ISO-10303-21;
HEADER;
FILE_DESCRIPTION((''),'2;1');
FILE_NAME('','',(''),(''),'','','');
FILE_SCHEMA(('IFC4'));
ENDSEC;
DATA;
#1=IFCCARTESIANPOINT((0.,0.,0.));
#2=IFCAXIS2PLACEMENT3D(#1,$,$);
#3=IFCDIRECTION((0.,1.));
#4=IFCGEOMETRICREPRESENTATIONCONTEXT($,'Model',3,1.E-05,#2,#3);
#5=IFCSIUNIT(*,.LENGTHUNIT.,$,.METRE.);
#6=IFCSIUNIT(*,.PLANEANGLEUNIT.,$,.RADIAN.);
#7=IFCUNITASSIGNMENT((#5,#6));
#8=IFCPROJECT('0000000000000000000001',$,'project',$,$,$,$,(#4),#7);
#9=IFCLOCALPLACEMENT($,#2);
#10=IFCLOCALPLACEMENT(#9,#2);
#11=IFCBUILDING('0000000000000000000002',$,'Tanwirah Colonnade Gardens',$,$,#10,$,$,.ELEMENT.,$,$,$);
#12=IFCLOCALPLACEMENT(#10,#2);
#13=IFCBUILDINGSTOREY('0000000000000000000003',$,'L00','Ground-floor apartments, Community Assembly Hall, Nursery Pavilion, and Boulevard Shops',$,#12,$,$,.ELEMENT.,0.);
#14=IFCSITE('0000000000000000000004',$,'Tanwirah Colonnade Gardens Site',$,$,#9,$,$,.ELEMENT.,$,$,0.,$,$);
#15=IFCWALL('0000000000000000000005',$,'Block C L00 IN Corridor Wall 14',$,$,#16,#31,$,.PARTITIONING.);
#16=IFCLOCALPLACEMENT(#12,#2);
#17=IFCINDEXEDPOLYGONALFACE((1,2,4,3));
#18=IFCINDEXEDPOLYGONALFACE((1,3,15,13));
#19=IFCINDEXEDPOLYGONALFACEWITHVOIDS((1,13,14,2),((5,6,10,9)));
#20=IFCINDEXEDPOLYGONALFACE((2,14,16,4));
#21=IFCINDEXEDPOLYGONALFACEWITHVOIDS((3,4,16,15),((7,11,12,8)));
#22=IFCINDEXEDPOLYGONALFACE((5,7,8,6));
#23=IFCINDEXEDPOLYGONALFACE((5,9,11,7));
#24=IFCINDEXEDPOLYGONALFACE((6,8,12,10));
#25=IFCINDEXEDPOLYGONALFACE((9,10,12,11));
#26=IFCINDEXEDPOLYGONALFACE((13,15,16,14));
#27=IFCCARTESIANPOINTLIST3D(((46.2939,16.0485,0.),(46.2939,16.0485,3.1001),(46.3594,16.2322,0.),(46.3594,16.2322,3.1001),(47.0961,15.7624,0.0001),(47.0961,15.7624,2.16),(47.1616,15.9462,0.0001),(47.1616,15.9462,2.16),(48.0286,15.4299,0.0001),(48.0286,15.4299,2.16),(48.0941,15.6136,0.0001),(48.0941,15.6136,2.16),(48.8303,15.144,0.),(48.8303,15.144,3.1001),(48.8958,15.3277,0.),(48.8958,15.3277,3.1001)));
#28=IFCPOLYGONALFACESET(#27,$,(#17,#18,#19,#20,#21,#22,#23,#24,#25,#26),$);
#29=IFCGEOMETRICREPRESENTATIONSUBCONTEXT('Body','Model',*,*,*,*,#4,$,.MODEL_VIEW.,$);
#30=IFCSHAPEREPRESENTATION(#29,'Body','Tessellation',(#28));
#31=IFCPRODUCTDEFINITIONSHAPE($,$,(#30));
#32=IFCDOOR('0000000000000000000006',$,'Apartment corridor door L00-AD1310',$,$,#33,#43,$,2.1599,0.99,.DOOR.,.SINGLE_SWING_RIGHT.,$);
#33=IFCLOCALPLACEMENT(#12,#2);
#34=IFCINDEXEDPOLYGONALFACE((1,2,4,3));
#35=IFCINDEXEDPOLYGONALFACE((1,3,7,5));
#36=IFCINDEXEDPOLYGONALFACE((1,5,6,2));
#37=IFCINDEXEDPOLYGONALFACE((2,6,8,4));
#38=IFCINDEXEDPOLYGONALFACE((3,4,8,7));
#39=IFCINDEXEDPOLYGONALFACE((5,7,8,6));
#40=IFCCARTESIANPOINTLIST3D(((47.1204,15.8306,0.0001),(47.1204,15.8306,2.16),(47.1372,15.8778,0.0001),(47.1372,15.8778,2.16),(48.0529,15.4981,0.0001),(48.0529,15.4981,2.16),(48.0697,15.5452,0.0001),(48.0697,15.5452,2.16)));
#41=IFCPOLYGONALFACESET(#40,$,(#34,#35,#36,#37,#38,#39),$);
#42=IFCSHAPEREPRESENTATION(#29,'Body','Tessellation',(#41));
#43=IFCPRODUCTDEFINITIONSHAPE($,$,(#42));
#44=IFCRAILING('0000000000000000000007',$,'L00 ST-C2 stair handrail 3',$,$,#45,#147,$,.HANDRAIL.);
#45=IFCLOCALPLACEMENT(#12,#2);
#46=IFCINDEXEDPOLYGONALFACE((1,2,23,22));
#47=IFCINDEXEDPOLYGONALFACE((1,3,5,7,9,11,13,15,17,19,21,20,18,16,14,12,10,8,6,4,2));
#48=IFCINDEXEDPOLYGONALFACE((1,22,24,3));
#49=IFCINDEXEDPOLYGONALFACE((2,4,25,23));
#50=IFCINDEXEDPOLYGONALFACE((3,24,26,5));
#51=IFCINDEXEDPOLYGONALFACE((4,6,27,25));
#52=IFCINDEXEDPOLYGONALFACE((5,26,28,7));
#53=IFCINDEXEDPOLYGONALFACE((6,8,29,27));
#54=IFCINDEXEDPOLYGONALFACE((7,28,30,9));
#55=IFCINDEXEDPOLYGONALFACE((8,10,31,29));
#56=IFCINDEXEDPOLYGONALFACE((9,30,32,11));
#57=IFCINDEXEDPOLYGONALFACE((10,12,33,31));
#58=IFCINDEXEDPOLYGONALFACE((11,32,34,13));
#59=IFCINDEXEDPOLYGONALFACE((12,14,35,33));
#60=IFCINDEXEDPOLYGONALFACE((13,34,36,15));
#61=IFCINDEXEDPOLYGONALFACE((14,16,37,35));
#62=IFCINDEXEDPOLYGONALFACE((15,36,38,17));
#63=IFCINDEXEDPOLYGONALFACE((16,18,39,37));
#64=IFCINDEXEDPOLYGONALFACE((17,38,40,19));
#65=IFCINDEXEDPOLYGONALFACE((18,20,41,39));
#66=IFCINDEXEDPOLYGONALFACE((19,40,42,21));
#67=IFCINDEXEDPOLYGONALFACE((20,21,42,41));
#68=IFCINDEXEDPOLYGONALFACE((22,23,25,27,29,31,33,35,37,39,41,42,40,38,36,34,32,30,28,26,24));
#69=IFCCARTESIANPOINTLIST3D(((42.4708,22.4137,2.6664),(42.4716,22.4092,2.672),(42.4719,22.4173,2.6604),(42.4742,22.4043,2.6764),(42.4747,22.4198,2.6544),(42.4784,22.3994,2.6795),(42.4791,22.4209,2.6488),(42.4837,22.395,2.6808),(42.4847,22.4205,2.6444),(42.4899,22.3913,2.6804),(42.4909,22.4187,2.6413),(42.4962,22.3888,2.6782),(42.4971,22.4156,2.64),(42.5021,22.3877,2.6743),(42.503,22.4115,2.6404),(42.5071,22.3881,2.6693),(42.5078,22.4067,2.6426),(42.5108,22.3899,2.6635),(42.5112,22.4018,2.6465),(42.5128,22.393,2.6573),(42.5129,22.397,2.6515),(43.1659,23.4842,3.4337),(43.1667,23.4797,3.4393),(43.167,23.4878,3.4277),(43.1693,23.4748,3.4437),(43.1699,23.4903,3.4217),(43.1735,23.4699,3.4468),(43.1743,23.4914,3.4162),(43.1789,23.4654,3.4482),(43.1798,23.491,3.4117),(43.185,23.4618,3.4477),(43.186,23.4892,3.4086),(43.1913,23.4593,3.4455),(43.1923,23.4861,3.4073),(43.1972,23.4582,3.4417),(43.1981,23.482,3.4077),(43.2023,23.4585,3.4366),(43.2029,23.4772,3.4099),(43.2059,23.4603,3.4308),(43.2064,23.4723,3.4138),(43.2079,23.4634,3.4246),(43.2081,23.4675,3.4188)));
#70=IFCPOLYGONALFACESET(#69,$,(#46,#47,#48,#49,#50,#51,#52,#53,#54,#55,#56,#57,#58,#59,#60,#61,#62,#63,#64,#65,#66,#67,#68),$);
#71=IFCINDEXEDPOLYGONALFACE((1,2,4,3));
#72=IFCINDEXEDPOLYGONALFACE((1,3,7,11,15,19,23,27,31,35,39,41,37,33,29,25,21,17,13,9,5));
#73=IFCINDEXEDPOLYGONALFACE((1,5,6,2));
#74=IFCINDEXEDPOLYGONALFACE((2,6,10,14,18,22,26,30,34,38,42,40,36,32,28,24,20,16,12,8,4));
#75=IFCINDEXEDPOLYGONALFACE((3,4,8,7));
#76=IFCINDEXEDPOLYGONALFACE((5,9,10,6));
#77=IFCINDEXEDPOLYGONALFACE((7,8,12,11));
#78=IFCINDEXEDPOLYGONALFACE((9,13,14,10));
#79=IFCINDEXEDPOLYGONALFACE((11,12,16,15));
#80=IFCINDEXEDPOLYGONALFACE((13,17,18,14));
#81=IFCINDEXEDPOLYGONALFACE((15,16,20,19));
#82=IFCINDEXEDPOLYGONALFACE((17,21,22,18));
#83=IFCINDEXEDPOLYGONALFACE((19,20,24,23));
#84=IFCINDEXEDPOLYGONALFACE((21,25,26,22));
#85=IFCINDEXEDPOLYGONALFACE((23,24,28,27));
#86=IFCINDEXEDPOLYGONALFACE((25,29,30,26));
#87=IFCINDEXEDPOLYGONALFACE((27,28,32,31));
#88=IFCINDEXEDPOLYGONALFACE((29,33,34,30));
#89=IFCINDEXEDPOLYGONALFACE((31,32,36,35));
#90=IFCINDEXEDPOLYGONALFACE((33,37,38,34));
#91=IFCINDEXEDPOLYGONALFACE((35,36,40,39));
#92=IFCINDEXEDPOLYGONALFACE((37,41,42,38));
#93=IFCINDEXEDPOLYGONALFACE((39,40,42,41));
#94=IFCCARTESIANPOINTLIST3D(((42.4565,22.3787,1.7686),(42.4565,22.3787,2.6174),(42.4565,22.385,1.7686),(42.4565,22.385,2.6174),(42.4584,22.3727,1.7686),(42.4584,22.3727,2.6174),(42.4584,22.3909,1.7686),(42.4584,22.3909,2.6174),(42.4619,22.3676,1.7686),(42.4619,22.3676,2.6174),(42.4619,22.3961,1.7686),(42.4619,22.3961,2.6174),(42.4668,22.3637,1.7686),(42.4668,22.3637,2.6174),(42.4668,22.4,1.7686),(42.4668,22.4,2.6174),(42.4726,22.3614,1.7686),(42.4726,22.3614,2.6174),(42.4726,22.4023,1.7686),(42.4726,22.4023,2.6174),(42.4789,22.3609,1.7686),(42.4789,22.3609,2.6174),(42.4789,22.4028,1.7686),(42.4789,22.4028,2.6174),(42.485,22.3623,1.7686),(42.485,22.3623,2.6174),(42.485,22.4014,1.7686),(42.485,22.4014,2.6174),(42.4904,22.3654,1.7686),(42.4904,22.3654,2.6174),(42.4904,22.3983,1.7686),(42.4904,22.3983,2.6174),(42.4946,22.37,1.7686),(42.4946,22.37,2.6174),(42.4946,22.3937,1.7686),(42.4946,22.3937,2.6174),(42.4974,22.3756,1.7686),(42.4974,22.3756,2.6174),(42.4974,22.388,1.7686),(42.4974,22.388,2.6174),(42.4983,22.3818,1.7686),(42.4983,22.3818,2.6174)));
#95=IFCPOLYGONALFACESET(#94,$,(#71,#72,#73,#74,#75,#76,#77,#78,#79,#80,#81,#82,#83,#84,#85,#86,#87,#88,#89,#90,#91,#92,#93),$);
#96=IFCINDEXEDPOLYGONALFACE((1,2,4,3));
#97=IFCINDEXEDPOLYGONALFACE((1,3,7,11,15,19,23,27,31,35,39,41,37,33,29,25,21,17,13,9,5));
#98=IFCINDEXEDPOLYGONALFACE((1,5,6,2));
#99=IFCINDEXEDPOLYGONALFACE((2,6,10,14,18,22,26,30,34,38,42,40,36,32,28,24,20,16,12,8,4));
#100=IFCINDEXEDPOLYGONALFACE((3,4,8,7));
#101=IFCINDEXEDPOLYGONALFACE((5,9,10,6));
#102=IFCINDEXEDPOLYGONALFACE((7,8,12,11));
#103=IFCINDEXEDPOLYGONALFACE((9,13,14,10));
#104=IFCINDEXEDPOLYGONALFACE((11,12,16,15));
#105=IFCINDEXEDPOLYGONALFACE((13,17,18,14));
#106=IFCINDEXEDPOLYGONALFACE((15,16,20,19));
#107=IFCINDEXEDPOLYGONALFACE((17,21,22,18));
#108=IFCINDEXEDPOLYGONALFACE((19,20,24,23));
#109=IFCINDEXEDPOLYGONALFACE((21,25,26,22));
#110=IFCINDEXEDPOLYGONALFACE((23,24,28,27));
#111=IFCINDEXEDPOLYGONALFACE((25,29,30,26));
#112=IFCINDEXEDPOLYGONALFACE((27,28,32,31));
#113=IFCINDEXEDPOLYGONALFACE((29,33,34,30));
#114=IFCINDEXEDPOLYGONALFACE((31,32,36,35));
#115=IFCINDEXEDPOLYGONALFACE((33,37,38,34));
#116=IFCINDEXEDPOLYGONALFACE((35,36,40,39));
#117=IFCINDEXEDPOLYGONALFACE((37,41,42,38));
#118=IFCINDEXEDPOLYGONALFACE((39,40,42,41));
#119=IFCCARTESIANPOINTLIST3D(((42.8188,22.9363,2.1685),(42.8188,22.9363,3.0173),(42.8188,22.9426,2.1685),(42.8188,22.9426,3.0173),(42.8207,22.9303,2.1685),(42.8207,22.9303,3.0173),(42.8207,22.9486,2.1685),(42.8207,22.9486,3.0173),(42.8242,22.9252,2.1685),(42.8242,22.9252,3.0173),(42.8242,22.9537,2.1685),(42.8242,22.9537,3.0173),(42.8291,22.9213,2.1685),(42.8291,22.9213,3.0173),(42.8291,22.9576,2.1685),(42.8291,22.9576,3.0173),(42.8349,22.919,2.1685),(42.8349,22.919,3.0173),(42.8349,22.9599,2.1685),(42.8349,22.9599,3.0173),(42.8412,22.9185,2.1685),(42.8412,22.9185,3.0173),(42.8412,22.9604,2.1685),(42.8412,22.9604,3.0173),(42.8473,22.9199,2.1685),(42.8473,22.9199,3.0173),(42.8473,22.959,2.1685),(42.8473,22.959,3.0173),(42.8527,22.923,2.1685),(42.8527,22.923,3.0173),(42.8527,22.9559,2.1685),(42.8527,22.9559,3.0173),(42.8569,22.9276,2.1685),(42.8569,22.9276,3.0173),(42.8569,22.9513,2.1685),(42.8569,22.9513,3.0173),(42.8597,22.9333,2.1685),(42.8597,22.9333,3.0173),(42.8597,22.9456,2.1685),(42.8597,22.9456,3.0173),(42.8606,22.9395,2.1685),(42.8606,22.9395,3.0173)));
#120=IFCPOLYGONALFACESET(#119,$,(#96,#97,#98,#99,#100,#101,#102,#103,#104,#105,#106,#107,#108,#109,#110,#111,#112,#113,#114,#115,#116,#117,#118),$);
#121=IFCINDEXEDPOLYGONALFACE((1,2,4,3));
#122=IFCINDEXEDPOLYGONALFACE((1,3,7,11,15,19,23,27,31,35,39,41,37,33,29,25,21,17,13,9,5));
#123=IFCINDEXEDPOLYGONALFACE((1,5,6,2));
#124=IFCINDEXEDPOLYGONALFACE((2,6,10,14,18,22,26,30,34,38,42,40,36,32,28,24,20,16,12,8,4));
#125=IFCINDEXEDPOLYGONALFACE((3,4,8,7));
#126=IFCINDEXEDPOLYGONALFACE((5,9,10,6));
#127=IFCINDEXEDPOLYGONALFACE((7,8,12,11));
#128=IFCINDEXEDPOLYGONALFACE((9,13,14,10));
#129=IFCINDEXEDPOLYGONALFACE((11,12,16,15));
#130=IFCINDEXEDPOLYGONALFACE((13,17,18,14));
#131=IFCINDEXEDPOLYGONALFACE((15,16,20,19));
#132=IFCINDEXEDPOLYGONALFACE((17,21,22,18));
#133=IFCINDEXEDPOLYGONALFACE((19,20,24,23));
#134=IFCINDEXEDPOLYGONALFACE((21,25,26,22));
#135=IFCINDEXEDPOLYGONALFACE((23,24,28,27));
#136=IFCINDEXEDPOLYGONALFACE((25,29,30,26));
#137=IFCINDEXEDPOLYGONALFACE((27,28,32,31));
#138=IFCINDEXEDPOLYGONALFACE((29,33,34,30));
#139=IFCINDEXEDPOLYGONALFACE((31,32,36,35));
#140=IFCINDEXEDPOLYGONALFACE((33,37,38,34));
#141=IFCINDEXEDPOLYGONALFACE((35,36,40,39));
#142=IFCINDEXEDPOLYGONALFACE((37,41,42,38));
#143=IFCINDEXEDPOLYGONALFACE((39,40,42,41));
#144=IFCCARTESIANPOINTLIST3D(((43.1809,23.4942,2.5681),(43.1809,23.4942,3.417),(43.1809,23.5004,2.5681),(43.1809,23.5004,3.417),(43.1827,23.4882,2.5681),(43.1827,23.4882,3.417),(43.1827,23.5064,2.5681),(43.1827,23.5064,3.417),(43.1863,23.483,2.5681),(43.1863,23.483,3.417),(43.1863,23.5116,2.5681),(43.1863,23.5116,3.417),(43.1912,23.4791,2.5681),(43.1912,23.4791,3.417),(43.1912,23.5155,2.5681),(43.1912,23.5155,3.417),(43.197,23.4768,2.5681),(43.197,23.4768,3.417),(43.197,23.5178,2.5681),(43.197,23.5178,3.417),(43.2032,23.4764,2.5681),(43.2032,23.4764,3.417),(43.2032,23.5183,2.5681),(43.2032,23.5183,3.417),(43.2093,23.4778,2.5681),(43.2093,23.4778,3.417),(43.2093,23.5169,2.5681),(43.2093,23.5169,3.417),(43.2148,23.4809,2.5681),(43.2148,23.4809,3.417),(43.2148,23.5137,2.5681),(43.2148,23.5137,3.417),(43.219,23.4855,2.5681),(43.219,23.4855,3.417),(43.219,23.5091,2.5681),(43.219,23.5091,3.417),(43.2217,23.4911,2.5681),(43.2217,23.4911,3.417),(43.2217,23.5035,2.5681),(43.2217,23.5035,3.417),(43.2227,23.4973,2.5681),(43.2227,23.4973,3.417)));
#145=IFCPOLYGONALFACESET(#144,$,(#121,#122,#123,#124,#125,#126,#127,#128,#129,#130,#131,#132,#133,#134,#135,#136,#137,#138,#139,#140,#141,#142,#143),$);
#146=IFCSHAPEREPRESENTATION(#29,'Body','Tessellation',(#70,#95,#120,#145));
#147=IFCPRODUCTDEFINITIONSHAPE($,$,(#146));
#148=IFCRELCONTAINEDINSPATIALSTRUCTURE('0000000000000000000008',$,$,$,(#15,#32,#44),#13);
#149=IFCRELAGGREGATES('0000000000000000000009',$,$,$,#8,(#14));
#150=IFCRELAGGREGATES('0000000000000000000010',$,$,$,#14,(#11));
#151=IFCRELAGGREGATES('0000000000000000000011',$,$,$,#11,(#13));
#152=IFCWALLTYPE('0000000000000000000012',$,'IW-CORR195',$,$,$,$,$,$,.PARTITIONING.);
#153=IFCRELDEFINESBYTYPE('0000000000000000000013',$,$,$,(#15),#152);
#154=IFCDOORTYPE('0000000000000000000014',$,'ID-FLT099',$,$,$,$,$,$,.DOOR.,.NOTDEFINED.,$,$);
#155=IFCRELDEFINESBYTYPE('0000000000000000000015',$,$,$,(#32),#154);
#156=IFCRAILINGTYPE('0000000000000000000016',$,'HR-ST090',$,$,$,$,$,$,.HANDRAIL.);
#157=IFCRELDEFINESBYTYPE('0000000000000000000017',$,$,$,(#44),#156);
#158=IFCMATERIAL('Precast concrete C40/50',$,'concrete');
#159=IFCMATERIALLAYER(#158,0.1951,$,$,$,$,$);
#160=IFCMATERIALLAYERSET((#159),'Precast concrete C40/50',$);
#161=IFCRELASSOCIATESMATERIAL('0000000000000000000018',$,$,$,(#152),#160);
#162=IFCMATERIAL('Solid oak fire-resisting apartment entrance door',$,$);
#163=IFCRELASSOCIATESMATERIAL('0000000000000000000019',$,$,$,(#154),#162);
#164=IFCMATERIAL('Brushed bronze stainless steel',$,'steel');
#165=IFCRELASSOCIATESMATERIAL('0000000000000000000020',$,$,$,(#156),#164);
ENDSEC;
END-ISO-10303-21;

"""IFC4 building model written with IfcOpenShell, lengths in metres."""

from ifc_helpers import new_model, si_unit, direction, frame, frame_2d, origin, origin_2d, place, context, subcontext, project, spatial, rectangle, circle, extrude, material, layer, layer_set, type_object, element, fill, save


model = new_model("IFC4")

# Units and contexts
model_context = context("Model", 3, precision=1e-05, world=origin(), true_north=direction((0.0, 1.0)))
body_context = subcontext(model_context, "Body", "Model", "MODEL_VIEW")
ifc_project = project(units=[si_unit("LENGTHUNIT", "METRE"), si_unit("PLANEANGLEUNIT", "RADIAN")], contexts=[model_context])

# Site, building, storey
site_placement = place(None, origin())
site = spatial("IfcSite", under=ifc_project, at=site_placement, Name="Tanwirah Colonnade Gardens Site", CompositionType="ELEMENT", RefElevation=0.0)
building_placement = place(site_placement, origin())
building = spatial("IfcBuilding", under=site, at=building_placement, Name="Tanwirah Colonnade Gardens", CompositionType="ELEMENT")
storey_placement = place(building_placement, origin())
storey = spatial("IfcBuildingStorey", under=building, at=storey_placement, Name="L00", Description="Ground-floor apartments, Community Assembly Hall, Nursery Pavilion, and Boulevard Shops", CompositionType="ELEMENT", Elevation=0.0)

# Shared definitions
ifc_material_1 = material(Name="Precast concrete C40/50", Category="concrete")

# Wall, opening, door
ifc_layer = layer(ifc_material_1, 0.1951)
ifc_layer_set = layer_set([ifc_layer], Name="Precast concrete C40/50")
wall_type = type_object("IfcWallType", Name="IW-CORR195", PredefinedType="PARTITIONING", material=ifc_layer_set)
ifc_material_2 = material(Name="Solid oak fire-resisting apartment entrance door")
wall_1_placement = place(storey_placement, frame((46.3267, 16.1404, 0.0), z_axis=(0.0, 0.0, 1.0), x_axis=(0.941896, -0.335906, 0.0)))
wall_1 = element("IfcWall", 1, at=wall_1_placement, inside=storey, type_object=wall_type, Name="Block C L00 IN Corridor Wall 14", PredefinedType="PARTITIONING", context=body_context, shape_type="SweptSolid", body=[
    extrude(rectangle(XDim=2.6929, YDim=0.1951, at=frame_2d((1.3464, 0.0))), origin(), (0.0, 0.0, 1.0), 3.1001),
])
opening_1_placement = place(wall_1_placement, frame((0.8516, 0.0, 0.0)))
opening_1 = element("IfcOpeningElement", 2, at=opening_1_placement, cuts=wall_1, PredefinedType="OPENING", context=body_context, shape_type="SweptSolid", body=[
    extrude(rectangle(XDim=0.99, YDim=2.1599, at=frame_2d((0.4951, 1.0801))), frame((0.0, 0.1074, 0.0), z_axis=(0.0, -1.0, 0.0), x_axis=(1.0, 0.0, 0.0)), (0.0, 0.0, 1.0), 0.2151),
])
door_type_1 = type_object("IfcDoorType", Name="ID-FLT099", OperationType="NOTDEFINED", PredefinedType="DOOR", material=ifc_material_2)
door_1_placement = place(opening_1_placement, origin())
door_1 = element("IfcDoor", 3, at=door_1_placement, inside=storey, type_object=door_type_1, Name="Apartment corridor door L00-AD1310", OperationType="SINGLE_SWING_RIGHT", OverallHeight=2.1599, OverallWidth=0.99, PredefinedType="DOOR", context=body_context, shape_type="SweptSolid", body=[
    extrude(rectangle(XDim=0.99, YDim=2.1599, at=frame_2d((0.4951, 1.0801))), frame((0.0, 0.0249, 0.0), z_axis=(0.0, -1.0, 0.0), x_axis=(1.0, 0.0, 0.0)), (0.0, 0.0, 1.0), 0.05),
])
fill(opening_1, door_1)

# Railing
ifc_material_3 = material(Name="Brushed bronze stainless steel", Category="steel")
railing_type = type_object("IfcRailingType", Name="HR-ST090", PredefinedType="HANDRAIL", material=ifc_material_3)
railing_placement = place(storey_placement, frame((42.4773, 22.3818, 1.7686)))
element("IfcRailing", 4, at=railing_placement, inside=storey, type_object=railing_type, Name="L00 ST-C2 stair handrail 3", PredefinedType="HANDRAIL", context=body_context, shape_type="SweptSolid", body=[
    extrude(circle(Radius=0.0239, at=origin_2d()), frame((0.0146, 0.0225, 0.8918), z_axis=(0.46677, 0.718797, 0.515225), x_axis=(-0.838683, 0.544621, 0.0)), (0.0, 0.0, 1.0), 1.4893),
    extrude(circle(Radius=0.021, at=origin_2d()), origin(), (0.0, 0.0, 1.0), 0.8489),
    extrude(circle(Radius=0.021, at=origin_2d()), frame((0.3623, 0.5576, 0.3999)), (0.0, 0.0, 1.0), 0.8489),
    extrude(circle(Radius=0.021, at=origin_2d()), frame((0.7244, 1.1155, 0.7996)), (0.0, 0.0, 1.0), 0.8489),
])

save(model, "model.ifc")
